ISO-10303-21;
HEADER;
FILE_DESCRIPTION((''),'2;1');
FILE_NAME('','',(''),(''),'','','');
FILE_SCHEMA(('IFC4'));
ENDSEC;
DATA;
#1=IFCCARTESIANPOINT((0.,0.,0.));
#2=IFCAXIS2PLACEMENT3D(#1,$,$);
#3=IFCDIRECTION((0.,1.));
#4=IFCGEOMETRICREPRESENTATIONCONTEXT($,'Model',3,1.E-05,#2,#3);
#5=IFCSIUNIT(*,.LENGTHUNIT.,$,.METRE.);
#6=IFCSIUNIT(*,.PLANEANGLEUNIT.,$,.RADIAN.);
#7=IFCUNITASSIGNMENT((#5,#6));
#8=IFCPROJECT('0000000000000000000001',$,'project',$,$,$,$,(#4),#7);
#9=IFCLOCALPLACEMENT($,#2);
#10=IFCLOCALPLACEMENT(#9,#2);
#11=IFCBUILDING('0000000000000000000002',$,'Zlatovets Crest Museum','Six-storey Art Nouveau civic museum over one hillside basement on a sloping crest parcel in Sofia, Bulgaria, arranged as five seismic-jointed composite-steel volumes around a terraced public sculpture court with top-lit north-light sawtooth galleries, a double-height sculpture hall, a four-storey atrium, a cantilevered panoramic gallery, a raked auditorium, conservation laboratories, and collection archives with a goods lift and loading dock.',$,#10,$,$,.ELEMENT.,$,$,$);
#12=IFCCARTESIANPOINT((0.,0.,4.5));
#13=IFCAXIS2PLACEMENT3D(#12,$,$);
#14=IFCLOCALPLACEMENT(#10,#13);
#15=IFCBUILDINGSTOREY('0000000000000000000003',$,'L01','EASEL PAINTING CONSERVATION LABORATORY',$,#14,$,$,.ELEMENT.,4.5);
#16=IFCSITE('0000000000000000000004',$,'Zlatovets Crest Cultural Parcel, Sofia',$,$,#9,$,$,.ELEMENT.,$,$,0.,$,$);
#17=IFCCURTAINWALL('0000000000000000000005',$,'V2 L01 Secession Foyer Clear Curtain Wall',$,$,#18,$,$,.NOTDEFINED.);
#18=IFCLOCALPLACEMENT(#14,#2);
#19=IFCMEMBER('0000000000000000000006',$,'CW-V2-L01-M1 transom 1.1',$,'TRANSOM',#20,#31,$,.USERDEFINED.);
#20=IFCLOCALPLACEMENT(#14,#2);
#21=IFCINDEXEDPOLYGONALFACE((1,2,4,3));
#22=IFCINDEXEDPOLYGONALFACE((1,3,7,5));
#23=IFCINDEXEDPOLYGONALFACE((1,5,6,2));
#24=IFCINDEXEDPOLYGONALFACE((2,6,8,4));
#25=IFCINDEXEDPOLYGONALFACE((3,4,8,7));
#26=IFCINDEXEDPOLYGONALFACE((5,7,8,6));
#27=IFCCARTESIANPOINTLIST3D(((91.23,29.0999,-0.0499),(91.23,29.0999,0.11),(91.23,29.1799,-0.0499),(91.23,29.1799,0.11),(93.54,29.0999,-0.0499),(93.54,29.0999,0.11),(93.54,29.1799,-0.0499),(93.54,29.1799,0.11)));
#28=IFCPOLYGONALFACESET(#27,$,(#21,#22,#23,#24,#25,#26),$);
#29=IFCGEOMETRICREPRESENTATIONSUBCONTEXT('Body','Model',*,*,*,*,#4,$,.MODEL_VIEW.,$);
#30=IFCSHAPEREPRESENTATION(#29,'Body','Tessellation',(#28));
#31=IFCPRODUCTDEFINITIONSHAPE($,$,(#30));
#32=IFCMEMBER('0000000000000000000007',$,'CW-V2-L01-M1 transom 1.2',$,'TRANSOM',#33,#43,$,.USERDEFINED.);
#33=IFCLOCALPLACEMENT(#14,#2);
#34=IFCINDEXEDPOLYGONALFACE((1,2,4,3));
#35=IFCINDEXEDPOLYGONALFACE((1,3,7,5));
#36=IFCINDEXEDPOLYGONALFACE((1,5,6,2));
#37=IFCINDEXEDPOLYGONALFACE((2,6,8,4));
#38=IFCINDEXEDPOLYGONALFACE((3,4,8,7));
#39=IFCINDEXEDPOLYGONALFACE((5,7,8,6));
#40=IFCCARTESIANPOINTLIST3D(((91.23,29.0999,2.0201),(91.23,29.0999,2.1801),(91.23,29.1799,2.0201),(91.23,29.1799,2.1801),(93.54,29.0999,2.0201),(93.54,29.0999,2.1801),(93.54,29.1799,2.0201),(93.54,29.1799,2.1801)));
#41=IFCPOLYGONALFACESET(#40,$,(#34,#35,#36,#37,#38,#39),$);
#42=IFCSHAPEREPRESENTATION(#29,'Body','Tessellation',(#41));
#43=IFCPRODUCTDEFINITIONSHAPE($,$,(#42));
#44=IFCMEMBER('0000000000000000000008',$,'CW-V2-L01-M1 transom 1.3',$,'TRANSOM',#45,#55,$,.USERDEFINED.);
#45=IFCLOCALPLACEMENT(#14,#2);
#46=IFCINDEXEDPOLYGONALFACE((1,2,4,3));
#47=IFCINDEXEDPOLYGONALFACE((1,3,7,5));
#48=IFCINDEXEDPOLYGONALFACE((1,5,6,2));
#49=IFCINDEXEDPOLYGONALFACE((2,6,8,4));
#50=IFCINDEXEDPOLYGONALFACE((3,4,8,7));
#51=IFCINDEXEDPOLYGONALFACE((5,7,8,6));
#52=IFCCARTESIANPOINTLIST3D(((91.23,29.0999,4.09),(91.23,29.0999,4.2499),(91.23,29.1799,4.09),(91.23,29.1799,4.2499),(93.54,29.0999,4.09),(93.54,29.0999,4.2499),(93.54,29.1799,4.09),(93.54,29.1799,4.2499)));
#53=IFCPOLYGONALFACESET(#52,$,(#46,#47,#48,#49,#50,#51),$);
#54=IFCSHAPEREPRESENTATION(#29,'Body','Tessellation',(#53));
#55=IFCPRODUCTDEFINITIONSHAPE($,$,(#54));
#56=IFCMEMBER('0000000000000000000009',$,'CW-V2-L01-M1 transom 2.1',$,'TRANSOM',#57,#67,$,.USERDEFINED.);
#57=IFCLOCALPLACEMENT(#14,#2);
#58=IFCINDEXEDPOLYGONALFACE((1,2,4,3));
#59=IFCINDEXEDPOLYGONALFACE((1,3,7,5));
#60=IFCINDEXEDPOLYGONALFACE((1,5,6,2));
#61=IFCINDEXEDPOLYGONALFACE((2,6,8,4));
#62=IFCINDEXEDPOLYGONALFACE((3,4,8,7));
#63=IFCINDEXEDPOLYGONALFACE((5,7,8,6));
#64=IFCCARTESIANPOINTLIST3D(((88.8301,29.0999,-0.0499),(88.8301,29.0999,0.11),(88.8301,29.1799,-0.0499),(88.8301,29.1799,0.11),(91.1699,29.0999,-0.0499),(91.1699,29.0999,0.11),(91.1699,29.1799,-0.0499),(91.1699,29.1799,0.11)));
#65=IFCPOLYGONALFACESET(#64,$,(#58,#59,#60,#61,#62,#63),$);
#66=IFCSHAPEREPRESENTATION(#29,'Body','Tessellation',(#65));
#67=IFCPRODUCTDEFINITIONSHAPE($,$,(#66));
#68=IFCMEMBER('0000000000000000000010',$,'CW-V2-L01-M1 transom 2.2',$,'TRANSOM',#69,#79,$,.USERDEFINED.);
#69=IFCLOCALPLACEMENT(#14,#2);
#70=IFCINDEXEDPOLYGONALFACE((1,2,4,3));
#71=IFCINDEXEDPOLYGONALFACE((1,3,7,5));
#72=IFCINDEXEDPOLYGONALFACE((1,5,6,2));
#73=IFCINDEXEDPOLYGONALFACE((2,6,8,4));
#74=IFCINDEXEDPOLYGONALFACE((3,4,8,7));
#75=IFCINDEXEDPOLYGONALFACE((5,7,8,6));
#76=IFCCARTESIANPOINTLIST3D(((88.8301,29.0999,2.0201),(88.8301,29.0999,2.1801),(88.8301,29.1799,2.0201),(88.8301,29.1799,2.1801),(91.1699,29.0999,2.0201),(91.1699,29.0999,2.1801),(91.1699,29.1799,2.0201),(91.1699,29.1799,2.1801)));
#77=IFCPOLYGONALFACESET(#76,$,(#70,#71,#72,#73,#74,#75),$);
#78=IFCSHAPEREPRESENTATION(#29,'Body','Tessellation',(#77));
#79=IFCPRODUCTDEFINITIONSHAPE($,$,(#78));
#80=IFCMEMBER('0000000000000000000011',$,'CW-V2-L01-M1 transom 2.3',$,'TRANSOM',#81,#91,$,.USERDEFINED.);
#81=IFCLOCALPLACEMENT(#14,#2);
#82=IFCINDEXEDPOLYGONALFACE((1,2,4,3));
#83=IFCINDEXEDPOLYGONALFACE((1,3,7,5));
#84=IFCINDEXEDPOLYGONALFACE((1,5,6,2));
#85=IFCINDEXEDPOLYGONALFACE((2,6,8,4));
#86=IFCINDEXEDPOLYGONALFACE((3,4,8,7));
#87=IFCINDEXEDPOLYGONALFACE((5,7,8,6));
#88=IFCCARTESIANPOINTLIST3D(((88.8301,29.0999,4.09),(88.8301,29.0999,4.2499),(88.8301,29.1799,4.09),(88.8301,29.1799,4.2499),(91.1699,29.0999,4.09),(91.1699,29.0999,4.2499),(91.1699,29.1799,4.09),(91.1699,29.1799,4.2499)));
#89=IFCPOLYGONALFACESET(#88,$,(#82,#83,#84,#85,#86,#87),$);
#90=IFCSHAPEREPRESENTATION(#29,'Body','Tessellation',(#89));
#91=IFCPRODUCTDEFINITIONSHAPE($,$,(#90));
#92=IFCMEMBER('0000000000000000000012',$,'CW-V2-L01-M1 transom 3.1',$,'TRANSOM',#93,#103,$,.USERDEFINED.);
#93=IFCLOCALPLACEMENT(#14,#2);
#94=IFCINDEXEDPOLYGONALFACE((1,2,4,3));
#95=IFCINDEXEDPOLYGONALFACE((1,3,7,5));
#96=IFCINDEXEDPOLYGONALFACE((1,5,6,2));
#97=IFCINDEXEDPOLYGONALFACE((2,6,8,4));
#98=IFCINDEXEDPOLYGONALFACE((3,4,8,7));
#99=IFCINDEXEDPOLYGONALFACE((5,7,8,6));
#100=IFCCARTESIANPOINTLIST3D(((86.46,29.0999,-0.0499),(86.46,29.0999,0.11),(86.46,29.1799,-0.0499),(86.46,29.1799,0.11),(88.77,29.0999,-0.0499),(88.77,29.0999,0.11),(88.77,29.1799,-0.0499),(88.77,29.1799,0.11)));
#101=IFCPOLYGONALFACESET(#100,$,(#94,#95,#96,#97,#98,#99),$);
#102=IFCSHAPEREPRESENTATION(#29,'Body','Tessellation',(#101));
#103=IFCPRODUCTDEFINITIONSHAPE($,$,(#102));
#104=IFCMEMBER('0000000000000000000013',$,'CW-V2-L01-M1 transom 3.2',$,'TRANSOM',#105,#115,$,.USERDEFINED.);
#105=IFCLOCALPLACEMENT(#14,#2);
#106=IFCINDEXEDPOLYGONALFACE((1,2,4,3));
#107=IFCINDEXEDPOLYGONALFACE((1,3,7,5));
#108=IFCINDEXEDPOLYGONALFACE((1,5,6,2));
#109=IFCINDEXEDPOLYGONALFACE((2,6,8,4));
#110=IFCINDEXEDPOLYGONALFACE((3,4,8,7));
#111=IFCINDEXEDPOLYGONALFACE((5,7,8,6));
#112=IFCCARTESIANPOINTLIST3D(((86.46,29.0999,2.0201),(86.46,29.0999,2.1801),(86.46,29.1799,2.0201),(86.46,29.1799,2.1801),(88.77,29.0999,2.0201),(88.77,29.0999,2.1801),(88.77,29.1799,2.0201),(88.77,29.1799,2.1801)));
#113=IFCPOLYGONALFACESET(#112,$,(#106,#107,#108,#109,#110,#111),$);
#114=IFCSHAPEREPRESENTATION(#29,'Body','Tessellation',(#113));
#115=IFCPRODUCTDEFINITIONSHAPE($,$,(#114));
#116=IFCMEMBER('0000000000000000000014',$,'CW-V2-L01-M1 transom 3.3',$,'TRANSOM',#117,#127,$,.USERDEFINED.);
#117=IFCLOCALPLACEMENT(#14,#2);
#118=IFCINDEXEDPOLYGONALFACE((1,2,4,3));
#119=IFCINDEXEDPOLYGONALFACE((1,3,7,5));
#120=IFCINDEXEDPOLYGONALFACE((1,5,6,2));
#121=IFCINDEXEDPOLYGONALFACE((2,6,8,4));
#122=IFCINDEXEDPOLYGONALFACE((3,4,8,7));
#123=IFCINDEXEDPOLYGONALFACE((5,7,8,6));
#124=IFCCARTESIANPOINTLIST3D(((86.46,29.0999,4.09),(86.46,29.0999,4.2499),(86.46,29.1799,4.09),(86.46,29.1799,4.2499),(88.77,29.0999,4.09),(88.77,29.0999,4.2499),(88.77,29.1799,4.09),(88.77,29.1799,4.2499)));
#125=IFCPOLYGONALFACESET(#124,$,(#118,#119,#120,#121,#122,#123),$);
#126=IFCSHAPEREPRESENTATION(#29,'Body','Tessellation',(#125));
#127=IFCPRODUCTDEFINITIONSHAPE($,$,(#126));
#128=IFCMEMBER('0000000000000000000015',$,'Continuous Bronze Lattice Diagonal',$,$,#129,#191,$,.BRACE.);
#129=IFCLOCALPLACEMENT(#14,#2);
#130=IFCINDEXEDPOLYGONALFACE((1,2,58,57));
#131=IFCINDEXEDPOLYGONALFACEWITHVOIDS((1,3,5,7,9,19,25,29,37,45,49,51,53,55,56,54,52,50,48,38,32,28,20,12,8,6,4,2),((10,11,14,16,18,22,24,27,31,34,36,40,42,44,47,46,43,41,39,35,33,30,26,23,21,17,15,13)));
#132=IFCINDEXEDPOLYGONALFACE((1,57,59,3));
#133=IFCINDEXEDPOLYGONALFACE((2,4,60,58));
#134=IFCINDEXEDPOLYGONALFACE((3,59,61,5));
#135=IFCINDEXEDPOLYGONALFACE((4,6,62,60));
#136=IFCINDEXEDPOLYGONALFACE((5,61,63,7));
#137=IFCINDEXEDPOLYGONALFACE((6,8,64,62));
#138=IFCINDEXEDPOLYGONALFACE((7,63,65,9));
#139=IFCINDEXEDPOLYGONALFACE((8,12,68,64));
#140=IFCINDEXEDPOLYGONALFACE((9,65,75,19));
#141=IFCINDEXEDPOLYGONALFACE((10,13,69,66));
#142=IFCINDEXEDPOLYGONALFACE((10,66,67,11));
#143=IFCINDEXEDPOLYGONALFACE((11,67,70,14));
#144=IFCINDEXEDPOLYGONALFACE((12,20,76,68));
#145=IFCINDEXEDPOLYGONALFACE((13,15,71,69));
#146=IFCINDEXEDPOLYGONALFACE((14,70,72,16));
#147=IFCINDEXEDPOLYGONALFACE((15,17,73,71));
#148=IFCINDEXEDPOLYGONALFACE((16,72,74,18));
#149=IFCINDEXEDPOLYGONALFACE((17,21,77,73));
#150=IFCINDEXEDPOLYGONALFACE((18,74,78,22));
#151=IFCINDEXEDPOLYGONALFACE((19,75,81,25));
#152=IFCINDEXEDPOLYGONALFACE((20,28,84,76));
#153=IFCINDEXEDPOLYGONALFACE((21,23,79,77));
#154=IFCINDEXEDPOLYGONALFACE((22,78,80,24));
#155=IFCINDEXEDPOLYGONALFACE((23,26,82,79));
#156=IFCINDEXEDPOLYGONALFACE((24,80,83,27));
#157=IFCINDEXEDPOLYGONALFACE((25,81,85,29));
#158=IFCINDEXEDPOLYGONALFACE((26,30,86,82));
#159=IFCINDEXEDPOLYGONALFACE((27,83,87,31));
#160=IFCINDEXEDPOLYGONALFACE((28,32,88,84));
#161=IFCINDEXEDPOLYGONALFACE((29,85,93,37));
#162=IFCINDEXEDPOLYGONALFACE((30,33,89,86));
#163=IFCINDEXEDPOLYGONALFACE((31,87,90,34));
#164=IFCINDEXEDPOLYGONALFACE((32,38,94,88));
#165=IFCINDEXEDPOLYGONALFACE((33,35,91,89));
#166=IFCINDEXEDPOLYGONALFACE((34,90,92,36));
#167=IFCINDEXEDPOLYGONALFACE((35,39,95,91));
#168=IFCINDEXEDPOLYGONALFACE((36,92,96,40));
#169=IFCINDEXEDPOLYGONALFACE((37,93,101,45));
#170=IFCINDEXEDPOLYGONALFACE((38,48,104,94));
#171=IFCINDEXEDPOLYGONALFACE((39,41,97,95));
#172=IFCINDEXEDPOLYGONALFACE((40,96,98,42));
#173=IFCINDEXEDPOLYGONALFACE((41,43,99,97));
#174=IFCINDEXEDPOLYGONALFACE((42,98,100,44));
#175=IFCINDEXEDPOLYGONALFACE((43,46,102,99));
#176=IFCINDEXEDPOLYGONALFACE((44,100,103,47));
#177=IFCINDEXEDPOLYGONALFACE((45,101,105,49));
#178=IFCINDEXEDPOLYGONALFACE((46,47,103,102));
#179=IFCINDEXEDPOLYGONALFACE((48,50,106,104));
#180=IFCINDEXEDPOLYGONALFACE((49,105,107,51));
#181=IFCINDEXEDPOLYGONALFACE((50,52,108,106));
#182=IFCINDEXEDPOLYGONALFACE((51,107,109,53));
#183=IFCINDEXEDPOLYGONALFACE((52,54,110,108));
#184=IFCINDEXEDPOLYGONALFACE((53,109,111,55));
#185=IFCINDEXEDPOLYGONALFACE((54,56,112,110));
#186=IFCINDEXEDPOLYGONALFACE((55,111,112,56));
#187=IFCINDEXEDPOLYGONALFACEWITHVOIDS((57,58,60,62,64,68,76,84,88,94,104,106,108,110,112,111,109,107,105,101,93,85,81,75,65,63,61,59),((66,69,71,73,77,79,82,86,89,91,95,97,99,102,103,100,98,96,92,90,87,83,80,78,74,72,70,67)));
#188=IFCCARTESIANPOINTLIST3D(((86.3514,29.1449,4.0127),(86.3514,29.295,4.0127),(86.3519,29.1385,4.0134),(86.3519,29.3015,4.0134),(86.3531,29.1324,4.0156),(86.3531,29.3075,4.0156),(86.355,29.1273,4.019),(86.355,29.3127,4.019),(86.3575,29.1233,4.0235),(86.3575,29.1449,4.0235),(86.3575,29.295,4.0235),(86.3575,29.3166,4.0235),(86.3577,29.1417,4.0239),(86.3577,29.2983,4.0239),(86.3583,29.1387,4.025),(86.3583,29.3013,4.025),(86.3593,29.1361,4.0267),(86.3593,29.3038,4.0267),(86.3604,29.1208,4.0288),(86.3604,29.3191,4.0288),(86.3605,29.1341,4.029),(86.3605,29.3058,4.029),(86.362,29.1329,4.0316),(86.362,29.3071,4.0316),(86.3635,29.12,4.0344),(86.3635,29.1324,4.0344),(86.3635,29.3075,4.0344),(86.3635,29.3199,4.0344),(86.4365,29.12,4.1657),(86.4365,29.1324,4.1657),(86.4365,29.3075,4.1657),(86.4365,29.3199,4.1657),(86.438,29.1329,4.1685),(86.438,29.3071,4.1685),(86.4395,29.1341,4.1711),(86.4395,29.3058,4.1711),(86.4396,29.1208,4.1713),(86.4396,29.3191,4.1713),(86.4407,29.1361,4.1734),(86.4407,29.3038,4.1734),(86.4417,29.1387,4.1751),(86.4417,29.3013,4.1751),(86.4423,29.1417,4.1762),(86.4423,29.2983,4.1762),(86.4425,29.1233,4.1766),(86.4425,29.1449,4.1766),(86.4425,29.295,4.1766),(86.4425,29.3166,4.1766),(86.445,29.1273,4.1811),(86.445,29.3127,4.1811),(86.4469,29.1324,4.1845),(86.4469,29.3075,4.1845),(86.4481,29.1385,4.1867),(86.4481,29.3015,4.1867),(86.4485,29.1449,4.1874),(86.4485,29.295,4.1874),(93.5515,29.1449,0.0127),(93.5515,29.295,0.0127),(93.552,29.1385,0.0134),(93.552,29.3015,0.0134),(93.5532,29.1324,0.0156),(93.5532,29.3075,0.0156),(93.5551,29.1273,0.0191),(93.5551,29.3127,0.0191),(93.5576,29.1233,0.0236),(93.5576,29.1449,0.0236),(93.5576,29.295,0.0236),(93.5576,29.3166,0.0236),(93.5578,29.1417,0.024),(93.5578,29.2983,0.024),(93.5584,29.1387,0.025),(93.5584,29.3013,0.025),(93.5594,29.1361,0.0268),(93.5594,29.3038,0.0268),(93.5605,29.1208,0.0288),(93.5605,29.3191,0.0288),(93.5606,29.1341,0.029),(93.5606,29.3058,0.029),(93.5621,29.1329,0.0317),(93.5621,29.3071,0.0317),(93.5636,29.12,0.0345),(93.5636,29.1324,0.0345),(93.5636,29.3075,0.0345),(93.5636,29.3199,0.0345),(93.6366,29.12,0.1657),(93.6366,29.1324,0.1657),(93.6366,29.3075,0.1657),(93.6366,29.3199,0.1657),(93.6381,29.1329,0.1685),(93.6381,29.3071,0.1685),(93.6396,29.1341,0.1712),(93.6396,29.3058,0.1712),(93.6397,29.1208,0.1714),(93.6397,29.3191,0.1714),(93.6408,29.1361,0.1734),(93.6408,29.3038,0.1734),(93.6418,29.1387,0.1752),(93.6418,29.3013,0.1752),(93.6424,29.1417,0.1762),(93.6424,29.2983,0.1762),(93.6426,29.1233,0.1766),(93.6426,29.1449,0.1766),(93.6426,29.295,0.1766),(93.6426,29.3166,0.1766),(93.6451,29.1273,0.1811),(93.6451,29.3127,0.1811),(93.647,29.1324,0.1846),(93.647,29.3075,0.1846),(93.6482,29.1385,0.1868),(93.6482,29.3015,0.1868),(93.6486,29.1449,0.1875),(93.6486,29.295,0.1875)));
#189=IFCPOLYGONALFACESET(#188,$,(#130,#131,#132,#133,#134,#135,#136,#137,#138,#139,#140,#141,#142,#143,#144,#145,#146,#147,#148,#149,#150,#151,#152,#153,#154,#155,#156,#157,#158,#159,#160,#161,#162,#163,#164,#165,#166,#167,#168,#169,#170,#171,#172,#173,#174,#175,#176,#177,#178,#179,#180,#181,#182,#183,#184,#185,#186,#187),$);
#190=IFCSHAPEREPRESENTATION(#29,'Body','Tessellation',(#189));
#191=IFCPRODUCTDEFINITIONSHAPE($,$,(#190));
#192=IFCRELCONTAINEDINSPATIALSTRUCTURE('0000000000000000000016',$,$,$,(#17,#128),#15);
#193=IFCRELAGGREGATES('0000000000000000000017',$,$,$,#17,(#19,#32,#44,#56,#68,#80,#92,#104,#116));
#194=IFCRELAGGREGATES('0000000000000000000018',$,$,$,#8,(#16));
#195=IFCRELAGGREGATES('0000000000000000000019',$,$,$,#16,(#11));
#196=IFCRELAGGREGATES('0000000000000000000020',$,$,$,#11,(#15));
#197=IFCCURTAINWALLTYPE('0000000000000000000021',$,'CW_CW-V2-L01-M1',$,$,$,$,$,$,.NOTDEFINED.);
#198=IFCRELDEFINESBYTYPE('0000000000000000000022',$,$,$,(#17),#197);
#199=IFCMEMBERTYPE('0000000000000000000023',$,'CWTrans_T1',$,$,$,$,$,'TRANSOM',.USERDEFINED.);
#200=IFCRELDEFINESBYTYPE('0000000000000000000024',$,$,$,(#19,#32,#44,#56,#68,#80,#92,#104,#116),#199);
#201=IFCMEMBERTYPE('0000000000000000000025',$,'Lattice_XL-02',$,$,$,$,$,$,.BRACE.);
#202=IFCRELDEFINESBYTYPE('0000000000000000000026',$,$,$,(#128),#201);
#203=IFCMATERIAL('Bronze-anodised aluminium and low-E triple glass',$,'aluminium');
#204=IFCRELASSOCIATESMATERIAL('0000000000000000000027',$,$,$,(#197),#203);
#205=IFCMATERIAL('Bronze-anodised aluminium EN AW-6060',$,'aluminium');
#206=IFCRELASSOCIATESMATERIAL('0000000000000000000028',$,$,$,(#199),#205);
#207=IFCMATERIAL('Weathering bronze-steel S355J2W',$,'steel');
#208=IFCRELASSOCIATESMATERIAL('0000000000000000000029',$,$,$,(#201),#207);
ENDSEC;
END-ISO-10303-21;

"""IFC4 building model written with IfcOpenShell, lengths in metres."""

from ifc_helpers import new_model, si_unit, direction, frame, origin, origin_2d, place, context, subcontext, project, spatial, rectangle, hollow_rectangle, extrude, material, material_profile, profile_set, type_object, element, aggregate, save


model = new_model("IFC4")

# Units and contexts
model_context = context("Model", 3, precision=1e-05, world=origin(), true_north=direction((0.0, 1.0)))
body_context = subcontext(model_context, "Body", "Model", "MODEL_VIEW")
ifc_project = project(units=[si_unit("LENGTHUNIT", "METRE"), si_unit("PLANEANGLEUNIT", "RADIAN")], contexts=[model_context])

# Site, building, storey
site_placement = place(None, origin())
site = spatial("IfcSite", under=ifc_project, at=site_placement, Name="Zlatovets Crest Cultural Parcel, Sofia", CompositionType="ELEMENT", RefElevation=0.0)
building_placement = place(site_placement, origin())
building = spatial("IfcBuilding", under=site, at=building_placement, Name="Zlatovets Crest Museum", Description="Six-storey Art Nouveau civic museum over one hillside basement on a sloping crest parcel in Sofia, Bulgaria, arranged as five seismic-jointed composite-steel volumes around a terraced public sculpture court with top-lit north-light sawtooth galleries, a double-height sculpture hall, a four-storey atrium, a cantilevered panoramic gallery, a raked auditorium, conservation laboratories, and collection archives with a goods lift and loading dock.", CompositionType="ELEMENT")
storey_placement = place(building_placement, frame((0.0, 0.0, 4.5)))
storey = spatial("IfcBuildingStorey", under=building, at=storey_placement, Name="L01", Description="EASEL PAINTING CONSERVATION LABORATORY", CompositionType="ELEMENT", Elevation=4.5)

# Shared definitions
ifc_material_1 = material(Name="Bronze-anodised aluminium and low-E triple glass", Category="aluminium")
ifc_material_2 = material(Name="Bronze-anodised aluminium EN AW-6060", Category="aluminium")

# Curtain wall
curtain_wall_type_1 = type_object("IfcCurtainWallType", Name="CW_CW-V2-L01-M1", PredefinedType="NOTDEFINED", material=ifc_material_1)
curtain_wall_1_placement = place(storey_placement, origin())
curtain_wall_1 = element("IfcCurtainWall", 1, at=curtain_wall_1_placement, inside=storey, type_object=curtain_wall_type_1, Name="V2 L01 Secession Foyer Clear Curtain Wall", PredefinedType="NOTDEFINED")

# Members
ifc_material_profile_1 = material_profile(ifc_material_2, rectangle(XDim=0.0801, YDim=0.1599, at=origin_2d()), Name="ALU 80x160")
ifc_profile_set_1 = profile_set([ifc_material_profile_1], Name="Bronze-anodised aluminium EN AW-6060")
member_type_1 = type_object("IfcMemberType", Name="CWTrans_T1", ElementType="TRANSOM", PredefinedType="USERDEFINED", material=ifc_profile_set_1)
member_1_placement = place(storey_placement, frame((93.54, 29.1399, 0.03), z_axis=(-1.0, 0.0, 0.0), x_axis=(0.0, -1.0, 0.0)))
member_1 = element("IfcMember", 2, at=member_1_placement, type_object=member_type_1, Name="CW-V2-L01-M1 transom 1.1", ObjectType="TRANSOM", PredefinedType="USERDEFINED", context=body_context, shape_type="SweptSolid", body=[
    extrude(rectangle(XDim=0.0801, YDim=0.1599, at=origin_2d()), origin(), (0.0, 0.0, 1.0), 2.3101),
])
member_2_placement = place(storey_placement, frame((93.54, 29.1399, 2.1001), z_axis=(-1.0, 0.0, 0.0), x_axis=(0.0, -1.0, 0.0)))
member_2 = element("IfcMember", 3, at=member_2_placement, type_object=member_type_1, Name="CW-V2-L01-M1 transom 1.2", ObjectType="TRANSOM", PredefinedType="USERDEFINED", context=body_context, shape_type="SweptSolid", body=[
    extrude(rectangle(XDim=0.0801, YDim=0.1599, at=origin_2d()), origin(), (0.0, 0.0, 1.0), 2.3101),
])
member_3_placement = place(storey_placement, frame((93.54, 29.1399, 4.1699), z_axis=(-1.0, 0.0, 0.0), x_axis=(0.0, -1.0, 0.0)))
member_3 = element("IfcMember", 4, at=member_3_placement, type_object=member_type_1, Name="CW-V2-L01-M1 transom 1.3", ObjectType="TRANSOM", PredefinedType="USERDEFINED", context=body_context, shape_type="SweptSolid", body=[
    extrude(rectangle(XDim=0.0801, YDim=0.1599, at=origin_2d()), origin(), (0.0, 0.0, 1.0), 2.3101),
])
member_4_placement = place(storey_placement, frame((91.1699, 29.1399, 0.03), z_axis=(-1.0, 0.0, 0.0), x_axis=(0.0, -1.0, 0.0)))
member_4 = element("IfcMember", 5, at=member_4_placement, type_object=member_type_1, Name="CW-V2-L01-M1 transom 2.1", ObjectType="TRANSOM", PredefinedType="USERDEFINED", context=body_context, shape_type="SweptSolid", body=[
    extrude(rectangle(XDim=0.0801, YDim=0.1599, at=origin_2d()), origin(), (0.0, 0.0, 1.0), 2.3398),
])
member_5_placement = place(storey_placement, frame((91.1699, 29.1399, 2.1001), z_axis=(-1.0, 0.0, 0.0), x_axis=(0.0, -1.0, 0.0)))
member_5 = element("IfcMember", 6, at=member_5_placement, type_object=member_type_1, Name="CW-V2-L01-M1 transom 2.2", ObjectType="TRANSOM", PredefinedType="USERDEFINED", context=body_context, shape_type="SweptSolid", body=[
    extrude(rectangle(XDim=0.0801, YDim=0.1599, at=origin_2d()), origin(), (0.0, 0.0, 1.0), 2.3398),
])
member_6_placement = place(storey_placement, frame((91.1699, 29.1399, 4.1699), z_axis=(-1.0, 0.0, 0.0), x_axis=(0.0, -1.0, 0.0)))
member_6 = element("IfcMember", 7, at=member_6_placement, type_object=member_type_1, Name="CW-V2-L01-M1 transom 2.3", ObjectType="TRANSOM", PredefinedType="USERDEFINED", context=body_context, shape_type="SweptSolid", body=[
    extrude(rectangle(XDim=0.0801, YDim=0.1599, at=origin_2d()), origin(), (0.0, 0.0, 1.0), 2.3398),
])
member_7_placement = place(storey_placement, frame((88.77, 29.1399, 0.03), z_axis=(-1.0, 0.0, 0.0), x_axis=(0.0, -1.0, 0.0)))
member_7 = element("IfcMember", 8, at=member_7_placement, type_object=member_type_1, Name="CW-V2-L01-M1 transom 3.1", ObjectType="TRANSOM", PredefinedType="USERDEFINED", context=body_context, shape_type="SweptSolid", body=[
    extrude(rectangle(XDim=0.0801, YDim=0.1599, at=origin_2d()), origin(), (0.0, 0.0, 1.0), 2.3101),
])
member_8_placement = place(storey_placement, frame((88.77, 29.1399, 2.1001), z_axis=(-1.0, 0.0, 0.0), x_axis=(0.0, -1.0, 0.0)))
member_8 = element("IfcMember", 9, at=member_8_placement, type_object=member_type_1, Name="CW-V2-L01-M1 transom 3.2", ObjectType="TRANSOM", PredefinedType="USERDEFINED", context=body_context, shape_type="SweptSolid", body=[
    extrude(rectangle(XDim=0.0801, YDim=0.1599, at=origin_2d()), origin(), (0.0, 0.0, 1.0), 2.3101),
])
member_9_placement = place(storey_placement, frame((88.77, 29.1399, 4.1699), z_axis=(-1.0, 0.0, 0.0), x_axis=(0.0, -1.0, 0.0)))
member_9 = element("IfcMember", 10, at=member_9_placement, type_object=member_type_1, Name="CW-V2-L01-M1 transom 3.3", ObjectType="TRANSOM", PredefinedType="USERDEFINED", context=body_context, shape_type="SweptSolid", body=[
    extrude(rectangle(XDim=0.0801, YDim=0.1599, at=origin_2d()), origin(), (0.0, 0.0, 1.0), 2.3101),
])

# Member
ifc_material_3 = material(Name="Weathering bronze-steel S355J2W", Category="steel")
ifc_material_profile_2 = material_profile(ifc_material_3, hollow_rectangle(XDim=0.2, YDim=0.2, WallThickness=0.0125, InnerFilletRadius=0.0125, OuterFilletRadius=0.0249, at=origin_2d()), Name="SHS 200x200x12.5")
ifc_profile_set_2 = profile_set([ifc_material_profile_2], Name="Weathering bronze-steel S355J2W")
member_type_2 = type_object("IfcMemberType", Name="Lattice_XL-02", PredefinedType="BRACE", material=ifc_profile_set_2)
member_10_placement = place(storey_placement, frame((93.6001, 29.22, 0.1001), z_axis=(-0.874163, 0.0, 0.485633), x_axis=(0.0, -1.0, 0.0)))
element("IfcMember", 11, at=member_10_placement, inside=storey, type_object=member_type_2, Name="Continuous Bronze Lattice Diagonal", PredefinedType="BRACE", context=body_context, shape_type="SweptSolid", body=[
    extrude(hollow_rectangle(XDim=0.2, YDim=0.2, WallThickness=0.0125, InnerFilletRadius=0.0125, OuterFilletRadius=0.0249, at=origin_2d()), origin(), (0.0, 0.0, 1.0), 8.2366),
])

aggregate(curtain_wall_1, [member_1, member_2, member_3, member_4, member_5, member_6, member_7, member_8, member_9])

save(model, "model.ifc")
